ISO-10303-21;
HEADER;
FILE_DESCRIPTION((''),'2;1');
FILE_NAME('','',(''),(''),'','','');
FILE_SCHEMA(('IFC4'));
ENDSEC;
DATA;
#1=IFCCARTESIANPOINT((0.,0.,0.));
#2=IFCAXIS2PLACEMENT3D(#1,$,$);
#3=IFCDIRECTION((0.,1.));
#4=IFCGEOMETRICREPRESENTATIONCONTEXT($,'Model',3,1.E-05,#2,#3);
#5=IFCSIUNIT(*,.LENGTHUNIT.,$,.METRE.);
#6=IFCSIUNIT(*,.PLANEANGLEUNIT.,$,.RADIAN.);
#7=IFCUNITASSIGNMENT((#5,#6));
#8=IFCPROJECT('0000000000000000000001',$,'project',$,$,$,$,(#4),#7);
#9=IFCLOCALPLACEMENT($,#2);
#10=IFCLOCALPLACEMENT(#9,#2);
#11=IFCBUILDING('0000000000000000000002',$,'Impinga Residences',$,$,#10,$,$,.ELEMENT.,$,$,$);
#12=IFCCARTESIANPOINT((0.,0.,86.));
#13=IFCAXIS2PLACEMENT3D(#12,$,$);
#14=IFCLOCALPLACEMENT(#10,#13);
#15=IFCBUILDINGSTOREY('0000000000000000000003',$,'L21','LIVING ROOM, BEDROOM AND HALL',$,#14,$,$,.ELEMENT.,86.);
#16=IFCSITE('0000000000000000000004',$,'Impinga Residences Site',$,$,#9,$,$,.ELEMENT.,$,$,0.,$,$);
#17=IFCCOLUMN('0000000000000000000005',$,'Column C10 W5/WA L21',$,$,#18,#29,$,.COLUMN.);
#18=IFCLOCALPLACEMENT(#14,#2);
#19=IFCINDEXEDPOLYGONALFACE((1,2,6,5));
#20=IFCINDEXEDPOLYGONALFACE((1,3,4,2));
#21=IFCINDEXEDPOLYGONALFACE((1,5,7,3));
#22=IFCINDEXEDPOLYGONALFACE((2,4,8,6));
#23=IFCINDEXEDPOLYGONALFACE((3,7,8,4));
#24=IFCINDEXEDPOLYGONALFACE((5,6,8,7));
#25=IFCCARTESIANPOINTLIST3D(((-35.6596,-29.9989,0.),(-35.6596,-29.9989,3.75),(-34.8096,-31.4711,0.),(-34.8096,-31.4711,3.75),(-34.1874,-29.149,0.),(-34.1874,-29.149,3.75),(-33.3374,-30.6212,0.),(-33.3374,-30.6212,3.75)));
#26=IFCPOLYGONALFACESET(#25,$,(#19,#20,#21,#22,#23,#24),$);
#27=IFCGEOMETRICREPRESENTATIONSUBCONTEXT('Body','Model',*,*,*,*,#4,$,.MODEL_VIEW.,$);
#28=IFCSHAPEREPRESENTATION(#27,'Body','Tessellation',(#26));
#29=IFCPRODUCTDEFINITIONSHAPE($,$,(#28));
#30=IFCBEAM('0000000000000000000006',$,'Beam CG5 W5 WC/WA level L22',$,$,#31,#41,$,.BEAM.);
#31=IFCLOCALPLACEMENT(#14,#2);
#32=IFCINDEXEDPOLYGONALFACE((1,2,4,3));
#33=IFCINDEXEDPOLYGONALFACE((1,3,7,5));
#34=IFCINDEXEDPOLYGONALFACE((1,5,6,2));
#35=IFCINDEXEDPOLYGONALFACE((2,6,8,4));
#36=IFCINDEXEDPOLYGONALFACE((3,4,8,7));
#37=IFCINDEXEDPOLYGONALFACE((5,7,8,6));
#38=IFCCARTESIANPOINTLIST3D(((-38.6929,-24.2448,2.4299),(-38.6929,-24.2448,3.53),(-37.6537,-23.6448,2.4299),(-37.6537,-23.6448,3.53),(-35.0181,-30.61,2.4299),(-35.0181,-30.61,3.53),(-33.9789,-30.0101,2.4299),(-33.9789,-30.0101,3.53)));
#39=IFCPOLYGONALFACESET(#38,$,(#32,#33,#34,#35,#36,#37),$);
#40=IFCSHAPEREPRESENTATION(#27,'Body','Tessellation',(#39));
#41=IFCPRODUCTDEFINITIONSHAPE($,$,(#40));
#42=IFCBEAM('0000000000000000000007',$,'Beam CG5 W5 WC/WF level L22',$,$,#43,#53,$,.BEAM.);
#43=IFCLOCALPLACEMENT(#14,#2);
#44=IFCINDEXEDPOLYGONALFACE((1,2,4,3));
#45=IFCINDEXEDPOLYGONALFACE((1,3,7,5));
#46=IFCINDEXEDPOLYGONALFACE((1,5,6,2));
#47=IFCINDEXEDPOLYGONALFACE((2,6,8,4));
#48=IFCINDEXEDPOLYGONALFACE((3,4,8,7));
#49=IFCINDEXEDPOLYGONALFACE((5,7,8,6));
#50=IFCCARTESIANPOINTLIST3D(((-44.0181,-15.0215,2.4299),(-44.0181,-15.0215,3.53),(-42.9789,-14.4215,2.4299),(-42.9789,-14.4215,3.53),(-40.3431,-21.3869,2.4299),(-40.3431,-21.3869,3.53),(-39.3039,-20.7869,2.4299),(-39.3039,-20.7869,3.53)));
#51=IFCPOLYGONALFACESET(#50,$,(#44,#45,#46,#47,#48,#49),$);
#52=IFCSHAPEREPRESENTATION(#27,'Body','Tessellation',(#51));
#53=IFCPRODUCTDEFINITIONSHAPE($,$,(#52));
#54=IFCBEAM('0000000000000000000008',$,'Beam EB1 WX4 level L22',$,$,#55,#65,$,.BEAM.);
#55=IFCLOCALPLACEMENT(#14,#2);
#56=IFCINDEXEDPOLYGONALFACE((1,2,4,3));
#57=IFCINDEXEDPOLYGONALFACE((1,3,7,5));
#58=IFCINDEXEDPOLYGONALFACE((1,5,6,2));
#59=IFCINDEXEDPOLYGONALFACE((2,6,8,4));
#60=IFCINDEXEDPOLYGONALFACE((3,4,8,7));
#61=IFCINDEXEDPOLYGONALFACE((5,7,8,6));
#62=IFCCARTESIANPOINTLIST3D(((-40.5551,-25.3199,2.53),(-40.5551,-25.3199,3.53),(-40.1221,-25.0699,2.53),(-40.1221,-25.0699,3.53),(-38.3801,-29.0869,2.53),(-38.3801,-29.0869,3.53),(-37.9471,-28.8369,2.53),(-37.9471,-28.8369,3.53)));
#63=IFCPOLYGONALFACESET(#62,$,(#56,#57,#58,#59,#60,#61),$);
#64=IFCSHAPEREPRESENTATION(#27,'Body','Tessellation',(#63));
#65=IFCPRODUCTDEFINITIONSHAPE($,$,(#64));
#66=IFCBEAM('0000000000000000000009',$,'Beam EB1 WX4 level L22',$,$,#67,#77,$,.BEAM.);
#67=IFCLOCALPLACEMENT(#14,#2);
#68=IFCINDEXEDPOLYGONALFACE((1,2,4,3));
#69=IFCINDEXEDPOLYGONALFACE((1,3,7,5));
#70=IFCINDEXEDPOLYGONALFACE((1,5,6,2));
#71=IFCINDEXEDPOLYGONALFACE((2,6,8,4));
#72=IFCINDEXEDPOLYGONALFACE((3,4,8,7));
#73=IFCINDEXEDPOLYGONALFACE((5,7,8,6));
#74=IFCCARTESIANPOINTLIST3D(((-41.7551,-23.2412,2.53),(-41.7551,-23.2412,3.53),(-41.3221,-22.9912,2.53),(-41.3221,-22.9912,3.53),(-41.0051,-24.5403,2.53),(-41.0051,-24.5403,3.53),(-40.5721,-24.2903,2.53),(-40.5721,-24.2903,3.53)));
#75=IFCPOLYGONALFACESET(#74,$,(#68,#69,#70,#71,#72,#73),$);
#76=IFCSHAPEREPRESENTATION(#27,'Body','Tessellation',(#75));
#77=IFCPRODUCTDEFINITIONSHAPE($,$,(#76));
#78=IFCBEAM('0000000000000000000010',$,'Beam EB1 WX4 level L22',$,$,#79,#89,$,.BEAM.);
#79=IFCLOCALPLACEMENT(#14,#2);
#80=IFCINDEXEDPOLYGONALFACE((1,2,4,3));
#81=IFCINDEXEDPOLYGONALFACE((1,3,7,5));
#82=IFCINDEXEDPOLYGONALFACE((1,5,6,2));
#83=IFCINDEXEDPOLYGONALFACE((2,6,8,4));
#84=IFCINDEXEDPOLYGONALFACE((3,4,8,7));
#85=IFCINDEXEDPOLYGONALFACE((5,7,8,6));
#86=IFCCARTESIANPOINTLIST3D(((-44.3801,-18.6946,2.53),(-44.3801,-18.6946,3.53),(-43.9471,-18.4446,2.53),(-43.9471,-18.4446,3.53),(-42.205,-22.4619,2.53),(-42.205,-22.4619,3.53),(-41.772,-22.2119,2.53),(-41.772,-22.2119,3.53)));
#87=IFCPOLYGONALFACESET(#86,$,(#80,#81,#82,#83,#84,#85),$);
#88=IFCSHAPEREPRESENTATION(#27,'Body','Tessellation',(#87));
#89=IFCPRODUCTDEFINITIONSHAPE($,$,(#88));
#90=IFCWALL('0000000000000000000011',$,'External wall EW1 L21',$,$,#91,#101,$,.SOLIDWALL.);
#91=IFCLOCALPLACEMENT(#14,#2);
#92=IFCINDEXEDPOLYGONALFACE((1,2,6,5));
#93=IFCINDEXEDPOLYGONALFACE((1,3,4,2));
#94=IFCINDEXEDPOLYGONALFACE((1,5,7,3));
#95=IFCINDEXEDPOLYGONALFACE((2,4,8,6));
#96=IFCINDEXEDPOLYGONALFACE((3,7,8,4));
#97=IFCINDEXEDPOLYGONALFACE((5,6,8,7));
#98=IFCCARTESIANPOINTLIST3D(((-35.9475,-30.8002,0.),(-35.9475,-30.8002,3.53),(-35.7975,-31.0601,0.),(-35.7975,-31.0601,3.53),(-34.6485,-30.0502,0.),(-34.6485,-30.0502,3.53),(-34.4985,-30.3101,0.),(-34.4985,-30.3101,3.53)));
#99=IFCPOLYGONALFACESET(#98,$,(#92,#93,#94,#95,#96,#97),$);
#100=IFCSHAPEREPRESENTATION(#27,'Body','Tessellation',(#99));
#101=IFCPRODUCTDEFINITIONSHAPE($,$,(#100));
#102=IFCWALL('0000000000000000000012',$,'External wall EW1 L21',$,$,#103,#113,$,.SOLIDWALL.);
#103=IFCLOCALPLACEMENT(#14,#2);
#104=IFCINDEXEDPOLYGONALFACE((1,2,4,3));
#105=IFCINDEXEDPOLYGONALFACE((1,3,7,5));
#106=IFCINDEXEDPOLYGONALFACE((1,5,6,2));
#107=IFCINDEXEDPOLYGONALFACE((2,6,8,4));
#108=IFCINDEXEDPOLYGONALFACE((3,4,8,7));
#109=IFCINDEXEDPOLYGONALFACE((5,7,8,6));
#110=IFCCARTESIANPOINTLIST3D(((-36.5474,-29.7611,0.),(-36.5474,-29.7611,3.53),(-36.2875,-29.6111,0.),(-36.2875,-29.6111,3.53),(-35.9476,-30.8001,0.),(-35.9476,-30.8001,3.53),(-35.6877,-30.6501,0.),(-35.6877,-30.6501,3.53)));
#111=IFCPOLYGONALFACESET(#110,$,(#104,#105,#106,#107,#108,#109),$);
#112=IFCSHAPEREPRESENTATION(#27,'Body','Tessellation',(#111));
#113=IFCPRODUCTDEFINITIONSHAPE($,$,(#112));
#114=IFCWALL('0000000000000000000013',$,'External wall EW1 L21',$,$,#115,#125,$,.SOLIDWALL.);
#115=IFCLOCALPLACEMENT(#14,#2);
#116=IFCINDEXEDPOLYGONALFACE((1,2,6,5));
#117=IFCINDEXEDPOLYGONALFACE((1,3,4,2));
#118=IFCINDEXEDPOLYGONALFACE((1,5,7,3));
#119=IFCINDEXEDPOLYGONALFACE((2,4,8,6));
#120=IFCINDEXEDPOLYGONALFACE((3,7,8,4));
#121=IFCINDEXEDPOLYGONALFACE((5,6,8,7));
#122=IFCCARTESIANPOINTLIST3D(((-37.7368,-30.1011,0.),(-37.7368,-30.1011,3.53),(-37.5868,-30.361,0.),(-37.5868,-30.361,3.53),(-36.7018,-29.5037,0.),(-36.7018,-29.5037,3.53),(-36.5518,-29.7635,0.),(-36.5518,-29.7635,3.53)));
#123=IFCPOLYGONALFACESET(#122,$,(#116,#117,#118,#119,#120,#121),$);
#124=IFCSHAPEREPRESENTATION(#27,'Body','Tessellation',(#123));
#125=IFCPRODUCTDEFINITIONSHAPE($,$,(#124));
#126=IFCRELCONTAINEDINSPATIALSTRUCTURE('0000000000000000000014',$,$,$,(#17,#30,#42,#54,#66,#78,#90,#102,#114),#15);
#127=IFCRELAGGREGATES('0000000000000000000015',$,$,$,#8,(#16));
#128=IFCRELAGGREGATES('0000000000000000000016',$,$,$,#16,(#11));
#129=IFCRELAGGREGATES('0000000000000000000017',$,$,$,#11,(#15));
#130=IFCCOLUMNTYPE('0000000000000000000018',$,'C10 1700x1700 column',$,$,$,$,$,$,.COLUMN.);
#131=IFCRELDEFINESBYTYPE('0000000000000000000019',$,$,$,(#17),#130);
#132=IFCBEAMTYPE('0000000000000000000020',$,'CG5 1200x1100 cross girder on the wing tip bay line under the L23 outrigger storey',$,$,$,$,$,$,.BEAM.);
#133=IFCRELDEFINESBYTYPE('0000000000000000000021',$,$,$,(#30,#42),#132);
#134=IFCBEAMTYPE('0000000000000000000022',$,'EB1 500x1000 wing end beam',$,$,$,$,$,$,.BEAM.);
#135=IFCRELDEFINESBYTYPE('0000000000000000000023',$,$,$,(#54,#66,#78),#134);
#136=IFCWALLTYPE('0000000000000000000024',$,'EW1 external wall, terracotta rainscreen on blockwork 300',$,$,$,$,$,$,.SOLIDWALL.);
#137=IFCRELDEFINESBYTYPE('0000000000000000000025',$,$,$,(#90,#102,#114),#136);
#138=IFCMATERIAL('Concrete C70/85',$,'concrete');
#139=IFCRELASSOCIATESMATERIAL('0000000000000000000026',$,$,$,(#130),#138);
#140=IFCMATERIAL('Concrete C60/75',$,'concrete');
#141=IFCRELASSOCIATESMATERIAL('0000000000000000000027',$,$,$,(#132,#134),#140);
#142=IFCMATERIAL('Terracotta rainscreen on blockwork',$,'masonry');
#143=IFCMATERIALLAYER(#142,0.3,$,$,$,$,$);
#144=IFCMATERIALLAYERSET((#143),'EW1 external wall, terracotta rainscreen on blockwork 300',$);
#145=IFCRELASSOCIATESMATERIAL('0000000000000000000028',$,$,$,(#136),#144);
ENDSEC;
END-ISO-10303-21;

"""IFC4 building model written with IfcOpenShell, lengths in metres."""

from ifc_helpers import new_model, si_unit, direction, frame, frame_2d, origin, origin_2d, place, context, subcontext, project, spatial, rectangle, extrude, material, layer, layer_set, material_profile, profile_set, type_object, element, save


model = new_model("IFC4")

# Units and contexts
model_context = context("Model", 3, precision=1e-05, world=origin(), true_north=direction((0.0, 1.0)))
body_context = subcontext(model_context, "Body", "Model", "MODEL_VIEW")
ifc_project = project(units=[si_unit("LENGTHUNIT", "METRE"), si_unit("PLANEANGLEUNIT", "RADIAN")], contexts=[model_context])

# Site, building, storey
site_placement = place(None, origin())
site = spatial("IfcSite", under=ifc_project, at=site_placement, Name="Impinga Residences Site", CompositionType="ELEMENT", RefElevation=0.0)
building_placement = place(site_placement, origin())
building = spatial("IfcBuilding", under=site, at=building_placement, Name="Impinga Residences", CompositionType="ELEMENT")
storey_placement = place(building_placement, frame((0.0, 0.0, 86.0)))
storey = spatial("IfcBuildingStorey", under=building, at=storey_placement, Name="L21", Description="LIVING ROOM, BEDROOM AND HALL", CompositionType="ELEMENT", Elevation=86.0)

# Column
ifc_material_1 = material(Name="Concrete C70/85", Category="concrete")
ifc_material_profile_1 = material_profile(ifc_material_1, rectangle(XDim=1.7, YDim=1.7, at=origin_2d()), Name="RC 1700x1700")
ifc_profile_set_1 = profile_set([ifc_material_profile_1], Name="Concrete C70/85")
column_type = type_object("IfcColumnType", Name="C10 1700x1700 column", PredefinedType="COLUMN", material=ifc_profile_set_1)
column_placement = place(storey_placement, frame((-34.4985, -30.3101, 0.0), z_axis=(0.0, 0.0, 1.0), x_axis=(-0.5, 0.866025, 0.0)))
element("IfcColumn", 1, at=column_placement, inside=storey, type_object=column_type, Name="Column C10 W5/WA L21", PredefinedType="COLUMN", context=body_context, shape_type="SweptSolid", body=[
    extrude(rectangle(XDim=1.7, YDim=1.7, at=origin_2d()), origin(), (0.0, 0.0, 1.0), 3.75),
])

# Beams
ifc_material_2 = material(Name="Concrete C60/75", Category="concrete")
ifc_material_profile_2 = material_profile(ifc_material_2, rectangle(XDim=1.2, YDim=1.1001, at=origin_2d()), Name="RC 1200x1100")
ifc_profile_set_2 = profile_set([ifc_material_profile_2], Name="Concrete C60/75")
beam_type_1 = type_object("IfcBeamType", Name="CG5 1200x1100 cross girder on the wing tip bay line under the L23 outrigger storey", PredefinedType="BEAM", material=ifc_profile_set_2)
beam_1_placement = place(storey_placement, frame((-38.1733, -23.9448, 2.98), z_axis=(0.499983, -0.866035, 0.0), x_axis=(0.866035, 0.499983, 0.0)))
element("IfcBeam", 2, at=beam_1_placement, inside=storey, type_object=beam_type_1, Name="Beam CG5 W5 WC/WA level L22", PredefinedType="BEAM", context=body_context, shape_type="SweptSolid", body=[
    extrude(rectangle(XDim=1.2, YDim=1.1001, at=origin_2d()), origin(), (0.0, 0.0, 1.0), 7.3499),
])
beam_2_placement = place(storey_placement, frame((-39.8235, -21.0869, 2.98), z_axis=(-0.499994, 0.866029, 0.0), x_axis=(-0.866029, -0.499994, 0.0)))
element("IfcBeam", 3, at=beam_2_placement, inside=storey, type_object=beam_type_1, Name="Beam CG5 W5 WC/WF level L22", PredefinedType="BEAM", context=body_context, shape_type="SweptSolid", body=[
    extrude(rectangle(XDim=1.2, YDim=1.1001, at=origin_2d()), origin(), (0.0, 0.0, 1.0), 7.3501),
])
ifc_material_profile_3 = material_profile(ifc_material_2, rectangle(XDim=0.5, YDim=1.0, at=origin_2d()), Name="RC 500x1000")
ifc_profile_set_3 = profile_set([ifc_material_profile_3], Name="Concrete C60/75")
beam_type_2 = type_object("IfcBeamType", Name="EB1 500x1000 wing end beam", PredefinedType="BEAM", material=ifc_profile_set_3)
beam_3_placement = place(storey_placement, frame((-38.1636, -28.9619, 3.03), z_axis=(-0.50002, 0.866014, 0.0), x_axis=(-0.866014, -0.50002, 0.0)))
element("IfcBeam", 4, at=beam_3_placement, inside=storey, type_object=beam_type_2, Name="Beam EB1 WX4 level L22", PredefinedType="BEAM", context=body_context, shape_type="SweptSolid", body=[
    extrude(rectangle(XDim=0.5, YDim=1.0, at=origin_2d()), origin(), (0.0, 0.0, 1.0), 4.3499),
])
beam_4_placement = place(storey_placement, frame((-40.7886, -24.4153, 3.03), z_axis=(-0.49999, 0.866031, 0.0), x_axis=(-0.866031, -0.49999, 0.0)))
element("IfcBeam", 5, at=beam_4_placement, inside=storey, type_object=beam_type_2, Name="Beam EB1 WX4 level L22", PredefinedType="BEAM", context=body_context, shape_type="SweptSolid", body=[
    extrude(rectangle(XDim=0.5, YDim=1.0, at=origin_2d()), origin(), (0.0, 0.0, 1.0), 1.5),
])
beam_5_placement = place(storey_placement, frame((-41.9885, -22.3369, 3.03), z_axis=(-0.499996, 0.866028, 0.0), x_axis=(-0.866028, -0.499996, 0.0)))
element("IfcBeam", 6, at=beam_5_placement, inside=storey, type_object=beam_type_2, Name="Beam EB1 WX4 level L22", PredefinedType="BEAM", context=body_context, shape_type="SweptSolid", body=[
    extrude(rectangle(XDim=0.5, YDim=1.0, at=origin_2d()), origin(), (0.0, 0.0, 1.0), 4.3501),
])

# Walls
ifc_material_3 = material(Name="Terracotta rainscreen on blockwork", Category="masonry")
ifc_layer_1 = layer(ifc_material_3, 0.3)
ifc_layer_set_1 = layer_set([ifc_layer_1], Name="EW1 external wall, terracotta rainscreen on blockwork 300")
wall_type_1 = type_object("IfcWallType", Name="EW1 external wall, terracotta rainscreen on blockwork 300", PredefinedType="SOLIDWALL", material=ifc_layer_set_1)
wall_1_placement = place(storey_placement, frame((-34.5735, -30.1802, 0.0), z_axis=(0.0, 0.0, 1.0), x_axis=(-0.866031, -0.49999, 0.0)))
element("IfcWall", 7, at=wall_1_placement, inside=storey, type_object=wall_type_1, Name="External wall EW1 L21", PredefinedType="SOLIDWALL", context=body_context, shape_type="SweptSolid", body=[
    extrude(rectangle(XDim=1.5, YDim=0.3, at=frame_2d((0.75, 0.0))), origin(), (0.0, 0.0, 1.0), 3.53),
])
wall_2_placement = place(storey_placement, frame((-35.8176, -30.7251, 0.0), z_axis=(0.0, 0.0, 1.0), x_axis=(-0.499969, 0.866043, 0.0)))
element("IfcWall", 8, at=wall_2_placement, inside=storey, type_object=wall_type_1, Name="External wall EW1 L21", PredefinedType="SOLIDWALL", context=body_context, shape_type="SweptSolid", body=[
    extrude(rectangle(XDim=1.1997, YDim=0.3, at=frame_2d((0.5999, 0.0))), origin(), (0.0, 0.0, 1.0), 3.53),
])
wall_3_placement = place(storey_placement, frame((-36.6267, -29.6335, 0.0), z_axis=(0.0, 0.0, 1.0), x_axis=(-0.86606, -0.499941, 0.0)))
element("IfcWall", 9, at=wall_3_placement, inside=storey, type_object=wall_type_1, Name="External wall EW1 L21", PredefinedType="SOLIDWALL", context=body_context, shape_type="SweptSolid", body=[
    extrude(rectangle(XDim=1.1951, YDim=0.3, at=frame_2d((0.5977, 0.0))), origin(), (0.0, 0.0, 1.0), 3.53),
])

save(model, "model.ifc")
